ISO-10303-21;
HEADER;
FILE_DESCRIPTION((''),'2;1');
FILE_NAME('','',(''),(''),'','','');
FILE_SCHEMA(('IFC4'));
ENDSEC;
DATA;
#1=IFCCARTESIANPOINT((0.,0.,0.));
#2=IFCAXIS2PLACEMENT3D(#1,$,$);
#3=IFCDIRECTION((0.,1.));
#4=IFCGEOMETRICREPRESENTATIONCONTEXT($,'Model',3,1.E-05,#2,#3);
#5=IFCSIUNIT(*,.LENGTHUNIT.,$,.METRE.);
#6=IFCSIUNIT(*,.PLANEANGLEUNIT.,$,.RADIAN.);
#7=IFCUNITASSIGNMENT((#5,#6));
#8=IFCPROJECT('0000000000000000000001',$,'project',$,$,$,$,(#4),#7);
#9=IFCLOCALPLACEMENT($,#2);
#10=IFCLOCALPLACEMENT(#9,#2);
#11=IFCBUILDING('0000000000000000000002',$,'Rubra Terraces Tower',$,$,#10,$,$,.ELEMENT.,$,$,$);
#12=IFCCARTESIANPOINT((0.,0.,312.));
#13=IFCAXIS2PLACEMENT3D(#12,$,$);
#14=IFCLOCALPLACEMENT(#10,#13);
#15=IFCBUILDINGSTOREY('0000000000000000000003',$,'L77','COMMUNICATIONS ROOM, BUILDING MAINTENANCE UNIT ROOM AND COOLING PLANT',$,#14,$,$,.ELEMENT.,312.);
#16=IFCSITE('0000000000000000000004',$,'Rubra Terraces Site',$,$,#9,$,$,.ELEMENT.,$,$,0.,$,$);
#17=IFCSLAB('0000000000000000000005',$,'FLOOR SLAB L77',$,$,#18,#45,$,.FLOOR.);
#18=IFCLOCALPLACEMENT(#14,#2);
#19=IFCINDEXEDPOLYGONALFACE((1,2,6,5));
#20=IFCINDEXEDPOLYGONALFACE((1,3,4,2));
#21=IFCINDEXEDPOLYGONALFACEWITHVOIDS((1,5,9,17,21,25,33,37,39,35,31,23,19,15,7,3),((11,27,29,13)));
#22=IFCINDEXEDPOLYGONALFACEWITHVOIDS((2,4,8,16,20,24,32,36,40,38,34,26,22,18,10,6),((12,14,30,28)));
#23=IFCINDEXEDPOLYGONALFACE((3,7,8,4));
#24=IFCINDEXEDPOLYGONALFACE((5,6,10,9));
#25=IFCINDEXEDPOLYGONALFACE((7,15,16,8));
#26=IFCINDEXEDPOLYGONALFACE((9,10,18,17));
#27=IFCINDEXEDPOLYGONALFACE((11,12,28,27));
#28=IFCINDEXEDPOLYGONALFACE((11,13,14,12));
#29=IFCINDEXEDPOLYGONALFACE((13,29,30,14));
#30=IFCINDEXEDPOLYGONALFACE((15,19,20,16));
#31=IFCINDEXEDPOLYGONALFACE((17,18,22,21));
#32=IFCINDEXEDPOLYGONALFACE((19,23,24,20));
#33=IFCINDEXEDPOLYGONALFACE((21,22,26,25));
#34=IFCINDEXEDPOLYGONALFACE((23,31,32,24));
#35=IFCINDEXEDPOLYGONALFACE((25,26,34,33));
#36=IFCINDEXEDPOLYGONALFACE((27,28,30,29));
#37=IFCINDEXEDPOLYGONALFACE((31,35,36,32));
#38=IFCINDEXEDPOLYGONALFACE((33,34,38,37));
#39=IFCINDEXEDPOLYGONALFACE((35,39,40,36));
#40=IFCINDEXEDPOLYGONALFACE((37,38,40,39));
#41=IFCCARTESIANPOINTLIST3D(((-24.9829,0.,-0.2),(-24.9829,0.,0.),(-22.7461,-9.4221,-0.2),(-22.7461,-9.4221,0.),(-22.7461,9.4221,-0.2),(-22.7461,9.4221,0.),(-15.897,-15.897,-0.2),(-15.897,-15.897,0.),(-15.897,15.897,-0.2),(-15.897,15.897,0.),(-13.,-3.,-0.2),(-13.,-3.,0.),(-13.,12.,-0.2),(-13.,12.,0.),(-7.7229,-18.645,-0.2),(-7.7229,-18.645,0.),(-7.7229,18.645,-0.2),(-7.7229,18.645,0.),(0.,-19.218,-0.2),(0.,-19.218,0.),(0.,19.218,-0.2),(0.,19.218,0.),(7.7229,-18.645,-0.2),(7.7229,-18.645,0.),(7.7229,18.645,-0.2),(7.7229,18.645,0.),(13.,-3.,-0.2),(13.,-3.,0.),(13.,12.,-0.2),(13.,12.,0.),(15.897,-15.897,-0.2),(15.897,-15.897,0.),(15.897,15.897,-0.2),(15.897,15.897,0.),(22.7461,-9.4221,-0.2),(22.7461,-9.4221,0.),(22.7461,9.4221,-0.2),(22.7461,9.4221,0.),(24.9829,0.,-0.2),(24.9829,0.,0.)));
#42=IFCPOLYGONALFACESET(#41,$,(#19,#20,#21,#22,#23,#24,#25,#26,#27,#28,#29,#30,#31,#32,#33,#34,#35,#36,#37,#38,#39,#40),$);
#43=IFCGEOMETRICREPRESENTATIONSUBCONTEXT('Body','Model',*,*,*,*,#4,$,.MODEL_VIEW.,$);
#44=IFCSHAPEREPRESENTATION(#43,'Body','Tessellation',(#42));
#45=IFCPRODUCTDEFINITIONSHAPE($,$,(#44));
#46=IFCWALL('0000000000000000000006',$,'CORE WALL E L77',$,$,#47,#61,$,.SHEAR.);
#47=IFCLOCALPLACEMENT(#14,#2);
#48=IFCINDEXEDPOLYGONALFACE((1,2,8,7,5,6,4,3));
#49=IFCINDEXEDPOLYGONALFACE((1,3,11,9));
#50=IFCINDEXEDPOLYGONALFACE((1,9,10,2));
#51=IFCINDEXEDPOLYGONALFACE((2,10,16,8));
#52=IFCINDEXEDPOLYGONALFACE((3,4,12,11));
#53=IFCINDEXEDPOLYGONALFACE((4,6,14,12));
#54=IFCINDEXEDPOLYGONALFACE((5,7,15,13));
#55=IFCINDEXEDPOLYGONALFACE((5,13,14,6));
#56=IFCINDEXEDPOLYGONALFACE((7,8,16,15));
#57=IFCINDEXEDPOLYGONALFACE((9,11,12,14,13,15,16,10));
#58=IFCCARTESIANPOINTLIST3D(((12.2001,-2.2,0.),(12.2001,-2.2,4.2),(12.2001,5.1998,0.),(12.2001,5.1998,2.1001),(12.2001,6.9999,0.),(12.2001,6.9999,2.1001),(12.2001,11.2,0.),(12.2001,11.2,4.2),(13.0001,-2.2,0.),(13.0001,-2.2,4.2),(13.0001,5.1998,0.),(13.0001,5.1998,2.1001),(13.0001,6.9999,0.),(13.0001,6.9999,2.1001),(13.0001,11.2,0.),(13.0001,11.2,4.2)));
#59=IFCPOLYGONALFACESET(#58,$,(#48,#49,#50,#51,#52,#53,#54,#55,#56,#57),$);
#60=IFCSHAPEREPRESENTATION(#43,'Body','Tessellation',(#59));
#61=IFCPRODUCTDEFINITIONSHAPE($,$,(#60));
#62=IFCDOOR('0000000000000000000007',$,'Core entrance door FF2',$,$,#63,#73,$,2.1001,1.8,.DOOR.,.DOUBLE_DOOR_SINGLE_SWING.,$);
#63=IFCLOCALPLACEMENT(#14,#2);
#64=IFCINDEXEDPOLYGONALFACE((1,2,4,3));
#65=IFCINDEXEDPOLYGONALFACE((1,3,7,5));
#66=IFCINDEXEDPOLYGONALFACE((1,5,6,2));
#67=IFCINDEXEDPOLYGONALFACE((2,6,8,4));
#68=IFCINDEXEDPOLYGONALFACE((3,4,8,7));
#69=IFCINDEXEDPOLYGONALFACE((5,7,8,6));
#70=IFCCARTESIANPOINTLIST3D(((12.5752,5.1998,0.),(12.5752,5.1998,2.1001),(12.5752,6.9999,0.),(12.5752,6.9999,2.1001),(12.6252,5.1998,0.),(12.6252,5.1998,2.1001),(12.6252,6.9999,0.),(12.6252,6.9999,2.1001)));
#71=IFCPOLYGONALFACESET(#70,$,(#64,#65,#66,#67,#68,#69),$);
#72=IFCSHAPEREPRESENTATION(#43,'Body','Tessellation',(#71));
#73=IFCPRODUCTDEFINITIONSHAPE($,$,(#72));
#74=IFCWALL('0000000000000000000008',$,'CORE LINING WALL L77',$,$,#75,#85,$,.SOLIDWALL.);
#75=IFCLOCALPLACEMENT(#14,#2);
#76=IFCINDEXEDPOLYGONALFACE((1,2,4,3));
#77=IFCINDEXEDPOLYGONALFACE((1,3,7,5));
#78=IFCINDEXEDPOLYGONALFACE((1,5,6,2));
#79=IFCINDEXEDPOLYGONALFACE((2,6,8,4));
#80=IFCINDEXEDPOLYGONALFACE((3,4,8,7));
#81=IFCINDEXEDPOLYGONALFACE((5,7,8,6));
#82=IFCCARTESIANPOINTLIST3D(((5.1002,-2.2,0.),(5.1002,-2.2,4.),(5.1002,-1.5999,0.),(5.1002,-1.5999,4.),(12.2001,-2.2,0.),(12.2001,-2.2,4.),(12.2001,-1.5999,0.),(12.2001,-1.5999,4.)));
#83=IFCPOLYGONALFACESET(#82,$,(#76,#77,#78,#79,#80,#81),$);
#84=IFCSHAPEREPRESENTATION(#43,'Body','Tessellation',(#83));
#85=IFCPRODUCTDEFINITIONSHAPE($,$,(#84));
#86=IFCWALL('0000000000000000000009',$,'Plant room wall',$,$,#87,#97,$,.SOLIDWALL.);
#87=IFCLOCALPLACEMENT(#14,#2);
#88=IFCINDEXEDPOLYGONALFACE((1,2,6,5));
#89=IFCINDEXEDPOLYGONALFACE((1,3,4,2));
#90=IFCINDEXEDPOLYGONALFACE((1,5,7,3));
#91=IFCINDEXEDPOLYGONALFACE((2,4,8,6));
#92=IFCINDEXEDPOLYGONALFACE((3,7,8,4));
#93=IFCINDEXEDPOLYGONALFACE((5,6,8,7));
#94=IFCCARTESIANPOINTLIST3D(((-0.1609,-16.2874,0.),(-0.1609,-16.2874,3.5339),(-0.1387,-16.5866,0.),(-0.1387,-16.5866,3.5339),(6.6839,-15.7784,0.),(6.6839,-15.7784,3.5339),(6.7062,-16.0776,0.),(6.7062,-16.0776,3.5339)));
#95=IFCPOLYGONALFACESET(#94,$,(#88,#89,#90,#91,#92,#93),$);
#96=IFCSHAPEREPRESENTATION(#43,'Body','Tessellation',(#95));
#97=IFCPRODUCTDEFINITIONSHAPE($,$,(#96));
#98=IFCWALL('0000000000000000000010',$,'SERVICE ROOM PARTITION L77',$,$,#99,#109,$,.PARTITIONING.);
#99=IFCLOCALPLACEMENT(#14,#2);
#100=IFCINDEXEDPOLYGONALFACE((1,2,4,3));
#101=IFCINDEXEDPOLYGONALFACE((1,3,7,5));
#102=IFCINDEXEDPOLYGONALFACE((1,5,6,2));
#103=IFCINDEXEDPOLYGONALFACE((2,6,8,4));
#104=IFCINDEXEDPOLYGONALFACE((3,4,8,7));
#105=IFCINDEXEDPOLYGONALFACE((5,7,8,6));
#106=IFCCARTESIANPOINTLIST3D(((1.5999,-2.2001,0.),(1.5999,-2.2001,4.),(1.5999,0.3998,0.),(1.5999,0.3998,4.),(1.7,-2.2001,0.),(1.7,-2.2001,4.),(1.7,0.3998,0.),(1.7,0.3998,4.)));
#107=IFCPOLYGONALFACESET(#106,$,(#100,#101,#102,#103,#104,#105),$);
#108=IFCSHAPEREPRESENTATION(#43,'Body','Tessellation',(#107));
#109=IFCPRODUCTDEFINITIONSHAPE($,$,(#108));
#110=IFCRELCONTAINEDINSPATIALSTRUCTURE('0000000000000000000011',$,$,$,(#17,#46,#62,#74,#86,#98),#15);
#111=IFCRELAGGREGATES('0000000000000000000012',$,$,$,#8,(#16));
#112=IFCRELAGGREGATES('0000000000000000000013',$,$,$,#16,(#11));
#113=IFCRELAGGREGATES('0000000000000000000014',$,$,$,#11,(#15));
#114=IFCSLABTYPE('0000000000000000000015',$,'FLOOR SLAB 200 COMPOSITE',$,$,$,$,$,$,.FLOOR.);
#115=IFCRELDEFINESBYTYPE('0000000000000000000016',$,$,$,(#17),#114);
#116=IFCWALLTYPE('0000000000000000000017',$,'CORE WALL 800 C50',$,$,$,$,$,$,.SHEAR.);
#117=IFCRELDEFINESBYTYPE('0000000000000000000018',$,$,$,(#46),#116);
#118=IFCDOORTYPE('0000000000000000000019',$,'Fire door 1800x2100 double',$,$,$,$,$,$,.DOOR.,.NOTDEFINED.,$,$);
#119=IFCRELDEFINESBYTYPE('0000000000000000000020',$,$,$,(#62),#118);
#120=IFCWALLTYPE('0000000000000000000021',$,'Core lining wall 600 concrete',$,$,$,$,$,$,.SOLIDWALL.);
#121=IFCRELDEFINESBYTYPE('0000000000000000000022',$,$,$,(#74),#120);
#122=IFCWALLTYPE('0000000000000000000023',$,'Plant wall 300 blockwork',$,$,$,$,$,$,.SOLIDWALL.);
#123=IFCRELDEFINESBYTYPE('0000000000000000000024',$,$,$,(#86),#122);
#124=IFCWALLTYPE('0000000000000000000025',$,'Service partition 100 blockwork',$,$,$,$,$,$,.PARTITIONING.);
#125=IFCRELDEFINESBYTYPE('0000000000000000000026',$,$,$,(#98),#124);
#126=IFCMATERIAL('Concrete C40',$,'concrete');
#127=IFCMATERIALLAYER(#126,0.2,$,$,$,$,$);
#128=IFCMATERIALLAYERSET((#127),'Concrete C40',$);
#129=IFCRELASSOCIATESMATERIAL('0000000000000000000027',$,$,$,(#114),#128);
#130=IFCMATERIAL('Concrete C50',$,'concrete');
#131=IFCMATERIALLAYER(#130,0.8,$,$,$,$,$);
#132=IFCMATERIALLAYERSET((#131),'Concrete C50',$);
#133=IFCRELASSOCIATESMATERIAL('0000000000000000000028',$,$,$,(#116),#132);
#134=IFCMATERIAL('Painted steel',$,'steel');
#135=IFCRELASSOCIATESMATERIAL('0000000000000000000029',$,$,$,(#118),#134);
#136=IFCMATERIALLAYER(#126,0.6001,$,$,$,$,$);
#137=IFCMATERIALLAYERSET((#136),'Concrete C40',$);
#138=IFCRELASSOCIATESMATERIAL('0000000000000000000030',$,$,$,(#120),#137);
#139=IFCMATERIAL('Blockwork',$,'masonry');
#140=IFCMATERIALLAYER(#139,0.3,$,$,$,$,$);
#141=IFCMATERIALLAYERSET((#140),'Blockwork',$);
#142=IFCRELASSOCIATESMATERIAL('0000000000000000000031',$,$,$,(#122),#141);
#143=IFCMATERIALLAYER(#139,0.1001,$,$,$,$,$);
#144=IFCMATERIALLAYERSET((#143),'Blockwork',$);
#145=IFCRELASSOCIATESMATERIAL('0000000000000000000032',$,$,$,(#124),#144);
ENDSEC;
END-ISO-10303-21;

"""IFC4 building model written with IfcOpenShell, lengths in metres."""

from ifc_helpers import new_model, si_unit, direction, frame, frame_2d, origin, place, context, subcontext, project, spatial, polyline, rectangle, outline, extrude, material, layer, layer_set, type_object, element, fill, save


model = new_model("IFC4")

# Units and contexts
model_context = context("Model", 3, precision=1e-05, world=origin(), true_north=direction((0.0, 1.0)))
body_context = subcontext(model_context, "Body", "Model", "MODEL_VIEW")
ifc_project = project(units=[si_unit("LENGTHUNIT", "METRE"), si_unit("PLANEANGLEUNIT", "RADIAN")], contexts=[model_context])

# Site, building, storey
site_placement = place(None, origin())
site = spatial("IfcSite", under=ifc_project, at=site_placement, Name="Rubra Terraces Site", CompositionType="ELEMENT", RefElevation=0.0)
building_placement = place(site_placement, origin())
building = spatial("IfcBuilding", under=site, at=building_placement, Name="Rubra Terraces Tower", CompositionType="ELEMENT")
storey_placement = place(building_placement, frame((0.0, 0.0, 312.0)))
storey = spatial("IfcBuildingStorey", under=building, at=storey_placement, Name="L77", Description="COMMUNICATIONS ROOM, BUILDING MAINTENANCE UNIT ROOM AND COOLING PLANT", CompositionType="ELEMENT", Elevation=312.0)

# Shared definitions
ifc_material_1 = material(Name="Concrete C40", Category="concrete")

# Slab
ifc_layer_1 = layer(ifc_material_1, 0.2)
ifc_layer_set_1 = layer_set([ifc_layer_1], Name="Concrete C40")
slab_type_1 = type_object("IfcSlabType", Name="FLOOR SLAB 200 COMPOSITE", PredefinedType="FLOOR", material=ifc_layer_set_1)
slab_1_placement = place(storey_placement, frame((0.0, 0.0, -0.2)))
element("IfcSlab", 1, at=slab_1_placement, inside=storey, type_object=slab_type_1, Name="FLOOR SLAB L77", PredefinedType="FLOOR", context=body_context, shape_type="SweptSolid", body=[
    extrude(outline(polyline([(22.7461, -9.4221), (24.9829, 0.0), (22.7461, 9.4221), (15.897, 15.897), (7.7229, 18.645), (0.0, 19.218), (-7.7229, 18.645), (-15.897, 15.897), (-22.7461, 9.4221), (-24.9829, 0.0), (-22.7461, -9.4221), (-15.897, -15.897), (-7.7229, -18.645), (0.0, -19.218), (7.7229, -18.645), (15.897, -15.897), (22.7461, -9.4221)]), holes=[polyline([(13.0, 12.0), (13.0, -3.0), (-13.0, -3.0), (-13.0, 12.0), (13.0, 12.0)])]), origin(), (0.0, 0.0, 1.0), 0.2),
])

# Wall, opening, door
ifc_material_2 = material(Name="Concrete C50", Category="concrete")
ifc_layer_2 = layer(ifc_material_2, 0.8)
ifc_layer_set_2 = layer_set([ifc_layer_2], Name="Concrete C50")
wall_type_1 = type_object("IfcWallType", Name="CORE WALL 800 C50", PredefinedType="SHEAR", material=ifc_layer_set_2)
wall_1_placement = place(storey_placement, frame((12.6001, -2.2, 0.0), z_axis=(0.0, 0.0, 1.0), x_axis=(0.0, 1.0, 0.0)))
wall_1 = element("IfcWall", 2, at=wall_1_placement, inside=storey, type_object=wall_type_1, Name="CORE WALL E L77", PredefinedType="SHEAR", context=body_context, shape_type="SweptSolid", body=[
    extrude(rectangle(XDim=13.3999, YDim=0.8, at=frame_2d((6.7, 0.0))), origin(), (0.0, 0.0, 1.0), 4.2),
])
opening_placement = place(wall_1_placement, frame((7.3999, 0.0, 0.0)))
opening = element("IfcOpeningElement", 3, at=opening_placement, cuts=wall_1, PredefinedType="OPENING", context=body_context, shape_type="SweptSolid", body=[
    extrude(rectangle(XDim=1.8, YDim=2.1001, at=frame_2d((0.8999, 1.05))), frame((0.0, 0.4099, 0.0), z_axis=(0.0, -1.0, 0.0), x_axis=(1.0, 0.0, 0.0)), (0.0, 0.0, 1.0), 0.8201),
])
ifc_material_3 = material(Name="Painted steel", Category="steel")
door_type = type_object("IfcDoorType", Name="Fire door 1800x2100 double", OperationType="NOTDEFINED", PredefinedType="DOOR", material=ifc_material_3)
door_placement = place(opening_placement, origin())
door = element("IfcDoor", 4, at=door_placement, inside=storey, type_object=door_type, Name="Core entrance door FF2", OperationType="DOUBLE_DOOR_SINGLE_SWING", OverallHeight=2.1001, OverallWidth=1.8, PredefinedType="DOOR", context=body_context, shape_type="SweptSolid", body=[
    extrude(rectangle(XDim=1.8, YDim=2.1001, at=frame_2d((0.8999, 1.05))), frame((0.0, 0.0249, 0.0), z_axis=(0.0, -1.0, 0.0), x_axis=(1.0, 0.0, 0.0)), (0.0, 0.0, 1.0), 0.05),
])
fill(opening, door)

# Walls
ifc_layer_3 = layer(ifc_material_1, 0.6001)
ifc_layer_set_3 = layer_set([ifc_layer_3], Name="Concrete C40")
wall_type_2 = type_object("IfcWallType", Name="Core lining wall 600 concrete", PredefinedType="SOLIDWALL", material=ifc_layer_set_3)
wall_2_placement = place(storey_placement, frame((12.2, -1.8999, 0.0), z_axis=(0.0, 0.0, 1.0), x_axis=(-1.0, 0.0, 0.0)))
element("IfcWall", 5, at=wall_2_placement, inside=storey, type_object=wall_type_2, Name="CORE LINING WALL L77", PredefinedType="SOLIDWALL", context=body_context, shape_type="SweptSolid", body=[
    extrude(rectangle(XDim=7.0999, YDim=0.6001, at=frame_2d((3.5498, 0.0))), origin(), (0.0, 0.0, 1.0), 4.0),
])
ifc_material_4 = material(Name="Blockwork", Category="masonry")
ifc_layer_4 = layer(ifc_material_4, 0.3)
ifc_layer_set_4 = layer_set([ifc_layer_4], Name="Blockwork")
wall_type_3 = type_object("IfcWallType", Name="Plant wall 300 blockwork", PredefinedType="SOLIDWALL", material=ifc_layer_set_4)
wall_3_placement = place(storey_placement, frame((6.6951, -15.928, 0.0), z_axis=(0.0, 0.0, 1.0), x_axis=(-0.997246, -0.074161, 0.0)))
element("IfcWall", 6, at=wall_3_placement, inside=storey, type_object=wall_type_3, Name="Plant room wall", PredefinedType="SOLIDWALL", context=body_context, shape_type="SweptSolid", body=[
    extrude(rectangle(XDim=6.8638, YDim=0.3, at=frame_2d((3.4319, 0.0))), origin(), (0.0, 0.0, 1.0), 3.5339),
])
ifc_layer_5 = layer(ifc_material_4, 0.1001)
ifc_layer_set_5 = layer_set([ifc_layer_5], Name="Blockwork")
wall_type_4 = type_object("IfcWallType", Name="Service partition 100 blockwork", PredefinedType="PARTITIONING", material=ifc_layer_set_5)
wall_4_placement = place(storey_placement, frame((1.6499, -2.2, 0.0), z_axis=(0.0, 0.0, 1.0), x_axis=(0.0, 1.0, 0.0)))
element("IfcWall", 7, at=wall_4_placement, inside=storey, type_object=wall_type_4, Name="SERVICE ROOM PARTITION L77", PredefinedType="PARTITIONING", context=body_context, shape_type="SweptSolid", body=[
    extrude(rectangle(XDim=2.5999, YDim=0.1001, at=frame_2d((1.2998, 0.0))), origin(), (0.0, 0.0, 1.0), 4.0),
])

save(model, "model.ifc")
